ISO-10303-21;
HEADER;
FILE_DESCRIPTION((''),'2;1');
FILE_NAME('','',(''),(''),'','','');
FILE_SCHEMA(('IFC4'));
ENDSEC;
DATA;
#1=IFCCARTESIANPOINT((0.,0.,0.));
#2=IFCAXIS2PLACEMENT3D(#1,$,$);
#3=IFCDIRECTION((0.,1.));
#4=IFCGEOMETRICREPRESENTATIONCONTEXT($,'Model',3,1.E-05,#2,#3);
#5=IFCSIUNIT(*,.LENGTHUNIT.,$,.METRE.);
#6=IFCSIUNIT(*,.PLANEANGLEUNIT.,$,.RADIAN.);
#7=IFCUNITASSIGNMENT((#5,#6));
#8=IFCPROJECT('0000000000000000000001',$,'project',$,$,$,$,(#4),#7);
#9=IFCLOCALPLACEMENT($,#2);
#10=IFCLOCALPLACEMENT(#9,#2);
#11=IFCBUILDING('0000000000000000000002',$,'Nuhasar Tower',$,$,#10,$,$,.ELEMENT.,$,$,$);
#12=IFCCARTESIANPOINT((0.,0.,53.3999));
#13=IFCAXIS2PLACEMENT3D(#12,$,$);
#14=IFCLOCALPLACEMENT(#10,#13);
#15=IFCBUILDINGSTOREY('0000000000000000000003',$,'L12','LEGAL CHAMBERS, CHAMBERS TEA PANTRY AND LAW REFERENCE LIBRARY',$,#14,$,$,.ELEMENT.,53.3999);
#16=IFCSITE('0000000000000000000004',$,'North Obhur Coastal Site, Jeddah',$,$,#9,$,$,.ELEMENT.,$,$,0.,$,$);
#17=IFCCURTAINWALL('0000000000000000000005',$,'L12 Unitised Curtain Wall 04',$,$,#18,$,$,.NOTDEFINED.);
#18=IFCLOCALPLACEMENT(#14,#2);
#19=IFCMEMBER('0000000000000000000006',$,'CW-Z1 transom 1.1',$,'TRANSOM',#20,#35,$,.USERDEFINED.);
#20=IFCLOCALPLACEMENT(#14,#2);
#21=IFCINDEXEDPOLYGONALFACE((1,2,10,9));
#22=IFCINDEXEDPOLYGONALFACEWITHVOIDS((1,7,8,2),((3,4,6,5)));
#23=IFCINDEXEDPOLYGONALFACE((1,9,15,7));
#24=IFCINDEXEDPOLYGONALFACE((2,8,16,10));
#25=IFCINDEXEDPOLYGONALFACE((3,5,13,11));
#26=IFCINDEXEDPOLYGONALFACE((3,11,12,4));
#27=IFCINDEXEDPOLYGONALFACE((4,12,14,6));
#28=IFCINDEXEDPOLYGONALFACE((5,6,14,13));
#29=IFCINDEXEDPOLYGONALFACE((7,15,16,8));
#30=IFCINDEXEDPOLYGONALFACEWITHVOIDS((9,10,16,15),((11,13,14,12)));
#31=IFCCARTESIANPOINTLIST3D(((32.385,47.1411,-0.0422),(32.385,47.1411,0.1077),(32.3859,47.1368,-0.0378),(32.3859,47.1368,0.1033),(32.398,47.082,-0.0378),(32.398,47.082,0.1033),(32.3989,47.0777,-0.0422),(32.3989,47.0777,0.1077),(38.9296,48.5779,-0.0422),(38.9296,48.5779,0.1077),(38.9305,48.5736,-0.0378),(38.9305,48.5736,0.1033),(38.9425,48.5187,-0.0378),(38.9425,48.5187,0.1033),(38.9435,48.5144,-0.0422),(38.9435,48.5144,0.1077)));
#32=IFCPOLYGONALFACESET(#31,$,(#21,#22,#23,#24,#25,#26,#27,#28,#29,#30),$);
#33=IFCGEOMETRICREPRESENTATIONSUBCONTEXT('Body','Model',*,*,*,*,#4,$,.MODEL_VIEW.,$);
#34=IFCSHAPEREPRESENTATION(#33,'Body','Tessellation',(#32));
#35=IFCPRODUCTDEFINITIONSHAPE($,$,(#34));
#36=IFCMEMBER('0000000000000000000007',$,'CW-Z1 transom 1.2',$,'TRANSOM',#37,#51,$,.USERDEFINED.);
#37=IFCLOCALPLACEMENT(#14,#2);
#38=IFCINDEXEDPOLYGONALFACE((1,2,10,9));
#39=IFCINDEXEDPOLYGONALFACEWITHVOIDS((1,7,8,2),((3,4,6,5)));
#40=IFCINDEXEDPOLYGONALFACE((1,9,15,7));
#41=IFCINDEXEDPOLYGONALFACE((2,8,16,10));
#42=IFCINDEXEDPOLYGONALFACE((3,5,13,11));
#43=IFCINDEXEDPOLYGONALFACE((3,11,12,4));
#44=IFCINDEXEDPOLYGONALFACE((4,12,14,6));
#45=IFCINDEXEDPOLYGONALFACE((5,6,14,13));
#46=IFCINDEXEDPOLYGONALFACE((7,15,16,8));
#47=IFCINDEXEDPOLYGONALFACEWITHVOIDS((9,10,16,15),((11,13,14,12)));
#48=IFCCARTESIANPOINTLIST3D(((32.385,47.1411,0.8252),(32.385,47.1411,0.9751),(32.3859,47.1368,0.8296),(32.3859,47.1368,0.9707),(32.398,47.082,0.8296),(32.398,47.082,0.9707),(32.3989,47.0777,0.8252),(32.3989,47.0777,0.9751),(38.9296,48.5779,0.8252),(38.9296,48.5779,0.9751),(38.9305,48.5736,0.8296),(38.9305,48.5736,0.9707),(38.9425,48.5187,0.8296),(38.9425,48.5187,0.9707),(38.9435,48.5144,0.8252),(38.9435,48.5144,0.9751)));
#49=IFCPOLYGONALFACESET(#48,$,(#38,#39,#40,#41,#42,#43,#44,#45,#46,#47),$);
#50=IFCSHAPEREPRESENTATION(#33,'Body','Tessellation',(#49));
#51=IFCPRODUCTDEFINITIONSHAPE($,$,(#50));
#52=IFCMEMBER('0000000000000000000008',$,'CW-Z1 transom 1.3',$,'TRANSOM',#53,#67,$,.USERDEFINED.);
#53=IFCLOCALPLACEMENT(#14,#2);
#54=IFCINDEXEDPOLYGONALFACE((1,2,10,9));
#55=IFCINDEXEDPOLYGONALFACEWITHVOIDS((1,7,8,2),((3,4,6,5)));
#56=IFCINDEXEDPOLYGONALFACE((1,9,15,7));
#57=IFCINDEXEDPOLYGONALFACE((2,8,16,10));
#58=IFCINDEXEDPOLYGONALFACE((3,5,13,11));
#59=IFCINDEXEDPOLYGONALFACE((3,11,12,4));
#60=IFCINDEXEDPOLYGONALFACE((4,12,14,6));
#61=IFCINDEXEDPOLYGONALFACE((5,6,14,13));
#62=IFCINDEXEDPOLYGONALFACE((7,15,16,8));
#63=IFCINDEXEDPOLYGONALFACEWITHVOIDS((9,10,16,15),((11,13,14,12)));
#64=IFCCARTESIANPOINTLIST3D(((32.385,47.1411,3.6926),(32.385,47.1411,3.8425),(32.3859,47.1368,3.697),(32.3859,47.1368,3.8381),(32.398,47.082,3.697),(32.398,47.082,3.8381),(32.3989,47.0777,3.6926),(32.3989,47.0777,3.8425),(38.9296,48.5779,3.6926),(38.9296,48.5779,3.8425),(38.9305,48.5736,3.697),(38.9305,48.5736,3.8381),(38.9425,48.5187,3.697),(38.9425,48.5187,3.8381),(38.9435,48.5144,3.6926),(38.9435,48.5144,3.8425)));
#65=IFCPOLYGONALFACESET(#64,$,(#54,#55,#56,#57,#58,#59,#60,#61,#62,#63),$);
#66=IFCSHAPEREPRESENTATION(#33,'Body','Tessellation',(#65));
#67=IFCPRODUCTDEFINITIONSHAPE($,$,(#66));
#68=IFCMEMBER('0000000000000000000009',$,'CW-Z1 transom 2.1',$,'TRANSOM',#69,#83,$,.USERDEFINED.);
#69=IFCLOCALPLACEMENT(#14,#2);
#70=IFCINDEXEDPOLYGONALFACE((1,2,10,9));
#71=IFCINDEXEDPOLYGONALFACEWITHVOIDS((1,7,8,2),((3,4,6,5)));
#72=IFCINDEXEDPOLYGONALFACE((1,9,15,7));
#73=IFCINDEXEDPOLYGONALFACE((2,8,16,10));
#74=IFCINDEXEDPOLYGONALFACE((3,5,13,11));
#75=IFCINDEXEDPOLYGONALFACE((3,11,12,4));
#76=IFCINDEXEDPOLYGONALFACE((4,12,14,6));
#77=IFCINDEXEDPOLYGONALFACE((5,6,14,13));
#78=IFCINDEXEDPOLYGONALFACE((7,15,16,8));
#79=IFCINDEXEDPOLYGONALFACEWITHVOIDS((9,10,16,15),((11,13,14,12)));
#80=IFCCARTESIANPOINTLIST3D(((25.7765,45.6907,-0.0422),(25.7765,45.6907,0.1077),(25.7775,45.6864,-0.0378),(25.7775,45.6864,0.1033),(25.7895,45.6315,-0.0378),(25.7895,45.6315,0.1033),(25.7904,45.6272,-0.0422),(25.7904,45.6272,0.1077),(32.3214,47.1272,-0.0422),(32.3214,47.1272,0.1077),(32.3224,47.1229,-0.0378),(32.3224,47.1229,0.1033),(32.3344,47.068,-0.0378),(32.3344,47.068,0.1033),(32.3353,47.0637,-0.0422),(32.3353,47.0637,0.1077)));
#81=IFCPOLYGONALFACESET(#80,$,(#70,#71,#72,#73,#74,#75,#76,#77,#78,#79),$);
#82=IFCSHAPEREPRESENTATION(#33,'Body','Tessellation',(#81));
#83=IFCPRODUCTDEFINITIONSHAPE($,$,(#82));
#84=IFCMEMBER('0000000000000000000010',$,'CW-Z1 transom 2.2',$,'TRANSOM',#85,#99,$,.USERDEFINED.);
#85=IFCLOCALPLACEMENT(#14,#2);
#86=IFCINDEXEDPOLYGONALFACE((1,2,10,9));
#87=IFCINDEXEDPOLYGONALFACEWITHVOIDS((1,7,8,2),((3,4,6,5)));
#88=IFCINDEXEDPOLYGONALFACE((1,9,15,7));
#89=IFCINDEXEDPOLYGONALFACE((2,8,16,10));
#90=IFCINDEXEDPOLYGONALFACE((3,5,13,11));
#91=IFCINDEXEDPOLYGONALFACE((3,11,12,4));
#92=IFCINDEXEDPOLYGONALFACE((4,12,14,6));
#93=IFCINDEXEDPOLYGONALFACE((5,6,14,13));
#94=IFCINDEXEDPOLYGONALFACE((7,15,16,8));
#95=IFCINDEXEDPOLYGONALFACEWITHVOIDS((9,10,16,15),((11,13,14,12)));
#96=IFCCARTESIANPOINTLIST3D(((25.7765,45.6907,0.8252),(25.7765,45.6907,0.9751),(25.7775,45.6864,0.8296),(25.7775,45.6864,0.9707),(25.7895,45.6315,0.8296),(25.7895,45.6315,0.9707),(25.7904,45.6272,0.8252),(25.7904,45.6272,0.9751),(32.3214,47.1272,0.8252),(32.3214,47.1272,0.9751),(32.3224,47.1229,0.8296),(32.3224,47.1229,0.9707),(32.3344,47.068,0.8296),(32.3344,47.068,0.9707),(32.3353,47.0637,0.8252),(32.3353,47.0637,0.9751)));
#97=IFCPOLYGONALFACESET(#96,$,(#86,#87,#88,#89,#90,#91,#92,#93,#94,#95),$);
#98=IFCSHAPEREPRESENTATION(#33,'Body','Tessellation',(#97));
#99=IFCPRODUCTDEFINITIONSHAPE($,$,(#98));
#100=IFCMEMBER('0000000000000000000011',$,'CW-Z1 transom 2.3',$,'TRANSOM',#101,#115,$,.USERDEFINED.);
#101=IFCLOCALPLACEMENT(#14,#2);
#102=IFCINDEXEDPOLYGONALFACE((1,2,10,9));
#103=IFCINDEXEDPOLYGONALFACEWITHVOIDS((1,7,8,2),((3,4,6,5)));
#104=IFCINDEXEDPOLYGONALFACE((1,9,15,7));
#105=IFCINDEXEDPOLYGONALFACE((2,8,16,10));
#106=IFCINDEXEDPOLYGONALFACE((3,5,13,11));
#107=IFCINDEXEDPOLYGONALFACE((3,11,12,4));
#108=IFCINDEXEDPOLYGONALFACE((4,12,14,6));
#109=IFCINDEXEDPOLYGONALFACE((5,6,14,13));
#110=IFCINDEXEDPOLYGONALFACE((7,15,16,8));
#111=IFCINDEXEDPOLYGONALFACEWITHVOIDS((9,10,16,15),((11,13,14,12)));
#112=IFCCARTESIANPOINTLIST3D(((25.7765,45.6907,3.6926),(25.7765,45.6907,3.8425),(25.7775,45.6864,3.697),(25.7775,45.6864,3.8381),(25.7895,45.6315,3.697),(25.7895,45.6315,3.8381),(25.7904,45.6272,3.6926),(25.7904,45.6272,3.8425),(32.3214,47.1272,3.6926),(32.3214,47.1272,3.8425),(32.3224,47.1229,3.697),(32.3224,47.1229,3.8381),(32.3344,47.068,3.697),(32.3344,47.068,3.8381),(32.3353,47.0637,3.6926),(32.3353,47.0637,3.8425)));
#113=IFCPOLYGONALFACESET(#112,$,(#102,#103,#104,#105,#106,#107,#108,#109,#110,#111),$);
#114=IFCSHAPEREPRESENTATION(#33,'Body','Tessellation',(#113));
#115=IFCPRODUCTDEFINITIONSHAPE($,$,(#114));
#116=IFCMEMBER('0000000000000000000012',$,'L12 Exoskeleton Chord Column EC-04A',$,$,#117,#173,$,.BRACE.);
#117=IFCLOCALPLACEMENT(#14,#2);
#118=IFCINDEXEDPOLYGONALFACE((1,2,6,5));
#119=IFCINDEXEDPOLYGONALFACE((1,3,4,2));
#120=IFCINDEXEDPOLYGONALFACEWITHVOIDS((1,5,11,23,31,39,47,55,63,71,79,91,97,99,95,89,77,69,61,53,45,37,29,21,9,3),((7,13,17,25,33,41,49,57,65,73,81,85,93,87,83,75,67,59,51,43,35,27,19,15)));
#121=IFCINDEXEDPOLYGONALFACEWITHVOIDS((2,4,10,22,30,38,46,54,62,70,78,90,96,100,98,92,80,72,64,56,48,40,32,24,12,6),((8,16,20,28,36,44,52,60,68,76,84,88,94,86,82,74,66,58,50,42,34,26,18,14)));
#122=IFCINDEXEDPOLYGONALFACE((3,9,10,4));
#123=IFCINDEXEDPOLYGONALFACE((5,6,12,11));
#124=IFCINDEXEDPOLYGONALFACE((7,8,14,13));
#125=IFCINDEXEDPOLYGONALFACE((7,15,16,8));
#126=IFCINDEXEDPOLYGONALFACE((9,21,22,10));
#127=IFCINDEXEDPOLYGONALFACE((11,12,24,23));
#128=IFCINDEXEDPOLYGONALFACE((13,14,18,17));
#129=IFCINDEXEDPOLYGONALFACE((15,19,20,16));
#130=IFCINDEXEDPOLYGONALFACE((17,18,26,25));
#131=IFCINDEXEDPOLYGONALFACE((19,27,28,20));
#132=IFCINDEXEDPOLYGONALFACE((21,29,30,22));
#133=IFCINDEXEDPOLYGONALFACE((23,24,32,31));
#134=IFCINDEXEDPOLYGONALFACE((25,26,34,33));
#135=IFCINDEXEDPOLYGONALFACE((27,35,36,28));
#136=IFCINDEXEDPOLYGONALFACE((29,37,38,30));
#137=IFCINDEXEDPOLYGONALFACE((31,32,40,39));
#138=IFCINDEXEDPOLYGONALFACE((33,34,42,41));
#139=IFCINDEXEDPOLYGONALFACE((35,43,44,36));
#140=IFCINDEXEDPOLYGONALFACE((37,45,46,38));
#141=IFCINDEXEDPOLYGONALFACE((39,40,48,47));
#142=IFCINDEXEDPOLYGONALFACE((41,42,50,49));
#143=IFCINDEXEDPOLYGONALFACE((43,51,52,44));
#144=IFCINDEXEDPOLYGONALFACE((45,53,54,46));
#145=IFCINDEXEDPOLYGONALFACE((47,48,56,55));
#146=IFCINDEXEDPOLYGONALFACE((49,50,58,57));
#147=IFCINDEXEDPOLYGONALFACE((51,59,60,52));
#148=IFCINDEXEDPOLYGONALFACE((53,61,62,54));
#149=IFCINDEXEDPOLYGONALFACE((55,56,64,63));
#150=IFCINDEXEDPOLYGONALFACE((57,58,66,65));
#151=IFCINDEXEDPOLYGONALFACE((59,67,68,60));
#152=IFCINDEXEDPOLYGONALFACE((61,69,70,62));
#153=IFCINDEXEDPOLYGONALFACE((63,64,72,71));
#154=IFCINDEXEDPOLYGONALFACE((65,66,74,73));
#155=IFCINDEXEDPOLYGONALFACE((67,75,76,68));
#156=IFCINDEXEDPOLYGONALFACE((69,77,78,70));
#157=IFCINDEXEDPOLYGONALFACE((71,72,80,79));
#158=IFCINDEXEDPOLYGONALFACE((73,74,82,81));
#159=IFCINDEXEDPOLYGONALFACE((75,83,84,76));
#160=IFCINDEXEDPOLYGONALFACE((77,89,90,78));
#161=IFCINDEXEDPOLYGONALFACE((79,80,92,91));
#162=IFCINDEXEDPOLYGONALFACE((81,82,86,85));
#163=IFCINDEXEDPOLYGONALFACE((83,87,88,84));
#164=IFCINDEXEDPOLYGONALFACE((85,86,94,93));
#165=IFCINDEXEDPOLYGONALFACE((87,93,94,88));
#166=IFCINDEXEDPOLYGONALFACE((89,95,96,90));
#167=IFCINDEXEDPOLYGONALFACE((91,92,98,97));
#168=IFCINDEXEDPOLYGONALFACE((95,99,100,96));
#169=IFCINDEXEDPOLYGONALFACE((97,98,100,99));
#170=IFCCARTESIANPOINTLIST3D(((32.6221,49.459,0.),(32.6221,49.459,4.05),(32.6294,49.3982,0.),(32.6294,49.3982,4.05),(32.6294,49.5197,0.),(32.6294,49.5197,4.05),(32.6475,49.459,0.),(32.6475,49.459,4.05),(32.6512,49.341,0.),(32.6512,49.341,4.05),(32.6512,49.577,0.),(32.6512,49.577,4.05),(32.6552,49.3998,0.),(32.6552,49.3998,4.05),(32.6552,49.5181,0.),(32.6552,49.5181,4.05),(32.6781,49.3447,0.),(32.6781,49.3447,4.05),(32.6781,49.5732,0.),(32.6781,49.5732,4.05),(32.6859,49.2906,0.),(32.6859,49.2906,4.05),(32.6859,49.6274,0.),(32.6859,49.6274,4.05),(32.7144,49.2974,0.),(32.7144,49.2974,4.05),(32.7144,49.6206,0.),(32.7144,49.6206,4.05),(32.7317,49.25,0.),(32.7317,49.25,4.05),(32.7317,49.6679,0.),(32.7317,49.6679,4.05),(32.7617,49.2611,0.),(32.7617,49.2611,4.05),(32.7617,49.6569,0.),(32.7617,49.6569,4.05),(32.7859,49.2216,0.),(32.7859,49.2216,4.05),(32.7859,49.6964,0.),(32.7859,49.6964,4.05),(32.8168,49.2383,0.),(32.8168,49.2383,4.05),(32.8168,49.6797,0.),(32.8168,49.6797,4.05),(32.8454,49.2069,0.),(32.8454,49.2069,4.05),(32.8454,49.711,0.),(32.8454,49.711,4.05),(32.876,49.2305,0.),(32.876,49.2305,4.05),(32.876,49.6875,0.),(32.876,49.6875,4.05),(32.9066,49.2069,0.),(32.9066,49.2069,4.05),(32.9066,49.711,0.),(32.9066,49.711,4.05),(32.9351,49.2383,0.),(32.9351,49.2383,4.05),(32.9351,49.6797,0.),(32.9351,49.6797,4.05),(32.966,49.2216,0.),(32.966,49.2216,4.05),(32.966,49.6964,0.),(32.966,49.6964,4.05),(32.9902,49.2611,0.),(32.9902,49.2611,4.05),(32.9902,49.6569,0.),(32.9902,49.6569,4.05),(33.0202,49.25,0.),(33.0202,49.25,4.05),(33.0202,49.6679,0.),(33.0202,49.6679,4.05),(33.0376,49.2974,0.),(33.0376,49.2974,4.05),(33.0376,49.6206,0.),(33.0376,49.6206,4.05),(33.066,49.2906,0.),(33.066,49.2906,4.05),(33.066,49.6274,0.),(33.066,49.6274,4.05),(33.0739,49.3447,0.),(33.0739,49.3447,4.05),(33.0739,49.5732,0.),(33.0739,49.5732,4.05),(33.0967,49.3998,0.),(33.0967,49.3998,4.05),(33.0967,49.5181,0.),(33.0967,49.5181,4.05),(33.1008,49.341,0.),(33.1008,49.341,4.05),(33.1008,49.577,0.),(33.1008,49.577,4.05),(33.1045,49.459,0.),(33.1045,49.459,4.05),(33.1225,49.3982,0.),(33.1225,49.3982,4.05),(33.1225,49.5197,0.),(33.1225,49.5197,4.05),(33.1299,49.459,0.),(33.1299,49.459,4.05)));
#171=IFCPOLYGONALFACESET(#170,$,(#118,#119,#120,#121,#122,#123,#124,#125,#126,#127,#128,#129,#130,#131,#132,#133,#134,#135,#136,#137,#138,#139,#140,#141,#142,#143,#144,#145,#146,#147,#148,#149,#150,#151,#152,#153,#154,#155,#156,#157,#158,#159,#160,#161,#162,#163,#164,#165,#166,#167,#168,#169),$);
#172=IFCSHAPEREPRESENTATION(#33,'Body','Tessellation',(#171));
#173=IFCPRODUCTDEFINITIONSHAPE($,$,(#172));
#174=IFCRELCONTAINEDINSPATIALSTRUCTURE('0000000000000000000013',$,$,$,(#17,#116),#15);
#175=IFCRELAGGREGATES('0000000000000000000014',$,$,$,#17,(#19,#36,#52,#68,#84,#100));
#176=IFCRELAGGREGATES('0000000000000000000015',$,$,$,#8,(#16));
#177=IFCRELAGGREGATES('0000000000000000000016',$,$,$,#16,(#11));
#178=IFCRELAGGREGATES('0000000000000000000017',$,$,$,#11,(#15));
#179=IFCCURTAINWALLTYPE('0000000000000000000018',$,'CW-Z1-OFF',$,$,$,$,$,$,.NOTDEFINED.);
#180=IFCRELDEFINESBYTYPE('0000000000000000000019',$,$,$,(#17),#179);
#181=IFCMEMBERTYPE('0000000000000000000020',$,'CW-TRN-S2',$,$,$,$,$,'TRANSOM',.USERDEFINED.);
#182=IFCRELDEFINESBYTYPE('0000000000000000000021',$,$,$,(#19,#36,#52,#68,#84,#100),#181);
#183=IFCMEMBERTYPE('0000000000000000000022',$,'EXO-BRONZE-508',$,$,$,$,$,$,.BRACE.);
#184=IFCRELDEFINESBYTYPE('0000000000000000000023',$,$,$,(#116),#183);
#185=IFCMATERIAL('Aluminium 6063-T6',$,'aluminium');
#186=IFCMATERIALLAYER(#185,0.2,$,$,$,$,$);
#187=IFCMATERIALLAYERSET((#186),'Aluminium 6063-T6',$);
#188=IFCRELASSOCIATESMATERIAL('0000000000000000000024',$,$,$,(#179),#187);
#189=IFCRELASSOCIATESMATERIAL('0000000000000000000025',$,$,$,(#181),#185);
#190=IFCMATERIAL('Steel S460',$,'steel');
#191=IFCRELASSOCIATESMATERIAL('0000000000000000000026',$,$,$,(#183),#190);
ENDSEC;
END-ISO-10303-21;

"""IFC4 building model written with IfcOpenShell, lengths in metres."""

from ifc_helpers import new_model, si_unit, direction, frame, origin, origin_2d, place, context, subcontext, project, spatial, hollow_rectangle, hollow_circle, extrude, material, layer, layer_set, material_profile, profile_set, type_object, element, aggregate, save


model = new_model("IFC4")

# Units and contexts
model_context = context("Model", 3, precision=1e-05, world=origin(), true_north=direction((0.0, 1.0)))
body_context = subcontext(model_context, "Body", "Model", "MODEL_VIEW")
ifc_project = project(units=[si_unit("LENGTHUNIT", "METRE"), si_unit("PLANEANGLEUNIT", "RADIAN")], contexts=[model_context])

# Site, building, storey
site_placement = place(None, origin())
site = spatial("IfcSite", under=ifc_project, at=site_placement, Name="North Obhur Coastal Site, Jeddah", CompositionType="ELEMENT", RefElevation=0.0)
building_placement = place(site_placement, origin())
building = spatial("IfcBuilding", under=site, at=building_placement, Name="Nuhasar Tower", CompositionType="ELEMENT")
storey_placement = place(building_placement, frame((0.0, 0.0, 53.3999)))
storey = spatial("IfcBuildingStorey", under=building, at=storey_placement, Name="L12", Description="LEGAL CHAMBERS, CHAMBERS TEA PANTRY AND LAW REFERENCE LIBRARY", CompositionType="ELEMENT", Elevation=53.3999)

# Curtain wall, members
ifc_material_1 = material(Name="Aluminium 6063-T6", Category="aluminium")
ifc_layer_1 = layer(ifc_material_1, 0.2)
ifc_layer_set_1 = layer_set([ifc_layer_1], Name="Aluminium 6063-T6")
curtain_wall_type = type_object("IfcCurtainWallType", Name="CW-Z1-OFF", PredefinedType="NOTDEFINED", material=ifc_layer_set_1)
curtain_wall_placement = place(storey_placement, origin())
curtain_wall = element("IfcCurtainWall", 1, at=curtain_wall_placement, inside=storey, type_object=curtain_wall_type, Name="L12 Unitised Curtain Wall 04", PredefinedType="NOTDEFINED")
ifc_material_profile_1 = material_profile(ifc_material_1, hollow_rectangle(XDim=0.0649, YDim=0.1499, WallThickness=0.0044, at=origin_2d()), Name="CWT-2")
ifc_profile_set_1 = profile_set([ifc_material_profile_1], Name="Aluminium 6063-T6")
member_type_1 = type_object("IfcMemberType", Name="CW-TRN-S2", ElementType="TRANSOM", PredefinedType="USERDEFINED", material=ifc_profile_set_1)
member_1_placement = place(storey_placement, frame((38.9365, 48.5461, 0.0327), z_axis=(-0.97674, -0.214426, 0.0), x_axis=(0.214426, -0.97674, 0.0)))
member_1 = element("IfcMember", 2, at=member_1_placement, type_object=member_type_1, Name="CW-Z1 transom 1.1", ObjectType="TRANSOM", PredefinedType="USERDEFINED", context=body_context, shape_type="SweptSolid", body=[
    extrude(hollow_rectangle(XDim=0.0649, YDim=0.1499, WallThickness=0.0044, at=origin_2d()), origin(), (0.0, 0.0, 1.0), 6.7004),
])
member_2_placement = place(storey_placement, frame((38.9365, 48.5461, 0.9001), z_axis=(-0.97674, -0.214426, 0.0), x_axis=(0.214426, -0.97674, 0.0)))
member_2 = element("IfcMember", 3, at=member_2_placement, type_object=member_type_1, Name="CW-Z1 transom 1.2", ObjectType="TRANSOM", PredefinedType="USERDEFINED", context=body_context, shape_type="SweptSolid", body=[
    extrude(hollow_rectangle(XDim=0.0649, YDim=0.1499, WallThickness=0.0044, at=origin_2d()), origin(), (0.0, 0.0, 1.0), 6.7004),
])
member_3_placement = place(storey_placement, frame((38.9365, 48.5461, 3.7676), z_axis=(-0.97674, -0.214426, 0.0), x_axis=(0.214426, -0.97674, 0.0)))
member_3 = element("IfcMember", 4, at=member_3_placement, type_object=member_type_1, Name="CW-Z1 transom 1.3", ObjectType="TRANSOM", PredefinedType="USERDEFINED", context=body_context, shape_type="SweptSolid", body=[
    extrude(hollow_rectangle(XDim=0.0649, YDim=0.1499, WallThickness=0.0044, at=origin_2d()), origin(), (0.0, 0.0, 1.0), 6.7004),
])
member_4_placement = place(storey_placement, frame((32.3284, 47.0955, 0.0327), z_axis=(-0.97675, -0.214384, 0.0), x_axis=(0.214384, -0.97675, 0.0)))
member_4 = element("IfcMember", 5, at=member_4_placement, type_object=member_type_1, Name="CW-Z1 transom 2.1", ObjectType="TRANSOM", PredefinedType="USERDEFINED", context=body_context, shape_type="SweptSolid", body=[
    extrude(hollow_rectangle(XDim=0.0649, YDim=0.1499, WallThickness=0.0044, at=origin_2d()), origin(), (0.0, 0.0, 1.0), 6.7007),
])
member_5_placement = place(storey_placement, frame((32.3284, 47.0955, 0.9001), z_axis=(-0.97675, -0.214384, 0.0), x_axis=(0.214384, -0.97675, 0.0)))
member_5 = element("IfcMember", 6, at=member_5_placement, type_object=member_type_1, Name="CW-Z1 transom 2.2", ObjectType="TRANSOM", PredefinedType="USERDEFINED", context=body_context, shape_type="SweptSolid", body=[
    extrude(hollow_rectangle(XDim=0.0649, YDim=0.1499, WallThickness=0.0044, at=origin_2d()), origin(), (0.0, 0.0, 1.0), 6.7007),
])
member_6_placement = place(storey_placement, frame((32.3284, 47.0955, 3.7676), z_axis=(-0.97675, -0.214384, 0.0), x_axis=(0.214384, -0.97675, 0.0)))
member_6 = element("IfcMember", 7, at=member_6_placement, type_object=member_type_1, Name="CW-Z1 transom 2.3", ObjectType="TRANSOM", PredefinedType="USERDEFINED", context=body_context, shape_type="SweptSolid", body=[
    extrude(hollow_rectangle(XDim=0.0649, YDim=0.1499, WallThickness=0.0044, at=origin_2d()), origin(), (0.0, 0.0, 1.0), 6.7007),
])

# Member
ifc_material_2 = material(Name="Steel S460", Category="steel")
ifc_material_profile_2 = material_profile(ifc_material_2, hollow_circle(Radius=0.2539, WallThickness=0.0254, at=origin_2d()), Name="HSS508X25.4")
ifc_profile_set_2 = profile_set([ifc_material_profile_2], Name="Steel S460")
member_type_2 = type_object("IfcMemberType", Name="EXO-BRONZE-508", PredefinedType="BRACE", material=ifc_profile_set_2)
for number, where, z_axis, x_axis, name in (
    (8, (32.876, 49.459, 0.0), (0.0, 0.0, 1.0), (1.0, 0.0, 0.0), "L12 Exoskeleton Chord Column EC-04A"),
):
    element("IfcMember", number, at=place(storey_placement, frame(where, z_axis=z_axis, x_axis=x_axis)), inside=storey, type_object=member_type_2, Name=name, PredefinedType="BRACE", context=body_context, shape_type="SweptSolid", body=[
        extrude(hollow_circle(Radius=0.2539, WallThickness=0.0254, at=origin_2d()), origin(), (0.0, 0.0, 1.0), 4.05),
    ])

aggregate(curtain_wall, [member_1, member_2, member_3, member_4, member_5, member_6])

save(model, "model.ifc")
